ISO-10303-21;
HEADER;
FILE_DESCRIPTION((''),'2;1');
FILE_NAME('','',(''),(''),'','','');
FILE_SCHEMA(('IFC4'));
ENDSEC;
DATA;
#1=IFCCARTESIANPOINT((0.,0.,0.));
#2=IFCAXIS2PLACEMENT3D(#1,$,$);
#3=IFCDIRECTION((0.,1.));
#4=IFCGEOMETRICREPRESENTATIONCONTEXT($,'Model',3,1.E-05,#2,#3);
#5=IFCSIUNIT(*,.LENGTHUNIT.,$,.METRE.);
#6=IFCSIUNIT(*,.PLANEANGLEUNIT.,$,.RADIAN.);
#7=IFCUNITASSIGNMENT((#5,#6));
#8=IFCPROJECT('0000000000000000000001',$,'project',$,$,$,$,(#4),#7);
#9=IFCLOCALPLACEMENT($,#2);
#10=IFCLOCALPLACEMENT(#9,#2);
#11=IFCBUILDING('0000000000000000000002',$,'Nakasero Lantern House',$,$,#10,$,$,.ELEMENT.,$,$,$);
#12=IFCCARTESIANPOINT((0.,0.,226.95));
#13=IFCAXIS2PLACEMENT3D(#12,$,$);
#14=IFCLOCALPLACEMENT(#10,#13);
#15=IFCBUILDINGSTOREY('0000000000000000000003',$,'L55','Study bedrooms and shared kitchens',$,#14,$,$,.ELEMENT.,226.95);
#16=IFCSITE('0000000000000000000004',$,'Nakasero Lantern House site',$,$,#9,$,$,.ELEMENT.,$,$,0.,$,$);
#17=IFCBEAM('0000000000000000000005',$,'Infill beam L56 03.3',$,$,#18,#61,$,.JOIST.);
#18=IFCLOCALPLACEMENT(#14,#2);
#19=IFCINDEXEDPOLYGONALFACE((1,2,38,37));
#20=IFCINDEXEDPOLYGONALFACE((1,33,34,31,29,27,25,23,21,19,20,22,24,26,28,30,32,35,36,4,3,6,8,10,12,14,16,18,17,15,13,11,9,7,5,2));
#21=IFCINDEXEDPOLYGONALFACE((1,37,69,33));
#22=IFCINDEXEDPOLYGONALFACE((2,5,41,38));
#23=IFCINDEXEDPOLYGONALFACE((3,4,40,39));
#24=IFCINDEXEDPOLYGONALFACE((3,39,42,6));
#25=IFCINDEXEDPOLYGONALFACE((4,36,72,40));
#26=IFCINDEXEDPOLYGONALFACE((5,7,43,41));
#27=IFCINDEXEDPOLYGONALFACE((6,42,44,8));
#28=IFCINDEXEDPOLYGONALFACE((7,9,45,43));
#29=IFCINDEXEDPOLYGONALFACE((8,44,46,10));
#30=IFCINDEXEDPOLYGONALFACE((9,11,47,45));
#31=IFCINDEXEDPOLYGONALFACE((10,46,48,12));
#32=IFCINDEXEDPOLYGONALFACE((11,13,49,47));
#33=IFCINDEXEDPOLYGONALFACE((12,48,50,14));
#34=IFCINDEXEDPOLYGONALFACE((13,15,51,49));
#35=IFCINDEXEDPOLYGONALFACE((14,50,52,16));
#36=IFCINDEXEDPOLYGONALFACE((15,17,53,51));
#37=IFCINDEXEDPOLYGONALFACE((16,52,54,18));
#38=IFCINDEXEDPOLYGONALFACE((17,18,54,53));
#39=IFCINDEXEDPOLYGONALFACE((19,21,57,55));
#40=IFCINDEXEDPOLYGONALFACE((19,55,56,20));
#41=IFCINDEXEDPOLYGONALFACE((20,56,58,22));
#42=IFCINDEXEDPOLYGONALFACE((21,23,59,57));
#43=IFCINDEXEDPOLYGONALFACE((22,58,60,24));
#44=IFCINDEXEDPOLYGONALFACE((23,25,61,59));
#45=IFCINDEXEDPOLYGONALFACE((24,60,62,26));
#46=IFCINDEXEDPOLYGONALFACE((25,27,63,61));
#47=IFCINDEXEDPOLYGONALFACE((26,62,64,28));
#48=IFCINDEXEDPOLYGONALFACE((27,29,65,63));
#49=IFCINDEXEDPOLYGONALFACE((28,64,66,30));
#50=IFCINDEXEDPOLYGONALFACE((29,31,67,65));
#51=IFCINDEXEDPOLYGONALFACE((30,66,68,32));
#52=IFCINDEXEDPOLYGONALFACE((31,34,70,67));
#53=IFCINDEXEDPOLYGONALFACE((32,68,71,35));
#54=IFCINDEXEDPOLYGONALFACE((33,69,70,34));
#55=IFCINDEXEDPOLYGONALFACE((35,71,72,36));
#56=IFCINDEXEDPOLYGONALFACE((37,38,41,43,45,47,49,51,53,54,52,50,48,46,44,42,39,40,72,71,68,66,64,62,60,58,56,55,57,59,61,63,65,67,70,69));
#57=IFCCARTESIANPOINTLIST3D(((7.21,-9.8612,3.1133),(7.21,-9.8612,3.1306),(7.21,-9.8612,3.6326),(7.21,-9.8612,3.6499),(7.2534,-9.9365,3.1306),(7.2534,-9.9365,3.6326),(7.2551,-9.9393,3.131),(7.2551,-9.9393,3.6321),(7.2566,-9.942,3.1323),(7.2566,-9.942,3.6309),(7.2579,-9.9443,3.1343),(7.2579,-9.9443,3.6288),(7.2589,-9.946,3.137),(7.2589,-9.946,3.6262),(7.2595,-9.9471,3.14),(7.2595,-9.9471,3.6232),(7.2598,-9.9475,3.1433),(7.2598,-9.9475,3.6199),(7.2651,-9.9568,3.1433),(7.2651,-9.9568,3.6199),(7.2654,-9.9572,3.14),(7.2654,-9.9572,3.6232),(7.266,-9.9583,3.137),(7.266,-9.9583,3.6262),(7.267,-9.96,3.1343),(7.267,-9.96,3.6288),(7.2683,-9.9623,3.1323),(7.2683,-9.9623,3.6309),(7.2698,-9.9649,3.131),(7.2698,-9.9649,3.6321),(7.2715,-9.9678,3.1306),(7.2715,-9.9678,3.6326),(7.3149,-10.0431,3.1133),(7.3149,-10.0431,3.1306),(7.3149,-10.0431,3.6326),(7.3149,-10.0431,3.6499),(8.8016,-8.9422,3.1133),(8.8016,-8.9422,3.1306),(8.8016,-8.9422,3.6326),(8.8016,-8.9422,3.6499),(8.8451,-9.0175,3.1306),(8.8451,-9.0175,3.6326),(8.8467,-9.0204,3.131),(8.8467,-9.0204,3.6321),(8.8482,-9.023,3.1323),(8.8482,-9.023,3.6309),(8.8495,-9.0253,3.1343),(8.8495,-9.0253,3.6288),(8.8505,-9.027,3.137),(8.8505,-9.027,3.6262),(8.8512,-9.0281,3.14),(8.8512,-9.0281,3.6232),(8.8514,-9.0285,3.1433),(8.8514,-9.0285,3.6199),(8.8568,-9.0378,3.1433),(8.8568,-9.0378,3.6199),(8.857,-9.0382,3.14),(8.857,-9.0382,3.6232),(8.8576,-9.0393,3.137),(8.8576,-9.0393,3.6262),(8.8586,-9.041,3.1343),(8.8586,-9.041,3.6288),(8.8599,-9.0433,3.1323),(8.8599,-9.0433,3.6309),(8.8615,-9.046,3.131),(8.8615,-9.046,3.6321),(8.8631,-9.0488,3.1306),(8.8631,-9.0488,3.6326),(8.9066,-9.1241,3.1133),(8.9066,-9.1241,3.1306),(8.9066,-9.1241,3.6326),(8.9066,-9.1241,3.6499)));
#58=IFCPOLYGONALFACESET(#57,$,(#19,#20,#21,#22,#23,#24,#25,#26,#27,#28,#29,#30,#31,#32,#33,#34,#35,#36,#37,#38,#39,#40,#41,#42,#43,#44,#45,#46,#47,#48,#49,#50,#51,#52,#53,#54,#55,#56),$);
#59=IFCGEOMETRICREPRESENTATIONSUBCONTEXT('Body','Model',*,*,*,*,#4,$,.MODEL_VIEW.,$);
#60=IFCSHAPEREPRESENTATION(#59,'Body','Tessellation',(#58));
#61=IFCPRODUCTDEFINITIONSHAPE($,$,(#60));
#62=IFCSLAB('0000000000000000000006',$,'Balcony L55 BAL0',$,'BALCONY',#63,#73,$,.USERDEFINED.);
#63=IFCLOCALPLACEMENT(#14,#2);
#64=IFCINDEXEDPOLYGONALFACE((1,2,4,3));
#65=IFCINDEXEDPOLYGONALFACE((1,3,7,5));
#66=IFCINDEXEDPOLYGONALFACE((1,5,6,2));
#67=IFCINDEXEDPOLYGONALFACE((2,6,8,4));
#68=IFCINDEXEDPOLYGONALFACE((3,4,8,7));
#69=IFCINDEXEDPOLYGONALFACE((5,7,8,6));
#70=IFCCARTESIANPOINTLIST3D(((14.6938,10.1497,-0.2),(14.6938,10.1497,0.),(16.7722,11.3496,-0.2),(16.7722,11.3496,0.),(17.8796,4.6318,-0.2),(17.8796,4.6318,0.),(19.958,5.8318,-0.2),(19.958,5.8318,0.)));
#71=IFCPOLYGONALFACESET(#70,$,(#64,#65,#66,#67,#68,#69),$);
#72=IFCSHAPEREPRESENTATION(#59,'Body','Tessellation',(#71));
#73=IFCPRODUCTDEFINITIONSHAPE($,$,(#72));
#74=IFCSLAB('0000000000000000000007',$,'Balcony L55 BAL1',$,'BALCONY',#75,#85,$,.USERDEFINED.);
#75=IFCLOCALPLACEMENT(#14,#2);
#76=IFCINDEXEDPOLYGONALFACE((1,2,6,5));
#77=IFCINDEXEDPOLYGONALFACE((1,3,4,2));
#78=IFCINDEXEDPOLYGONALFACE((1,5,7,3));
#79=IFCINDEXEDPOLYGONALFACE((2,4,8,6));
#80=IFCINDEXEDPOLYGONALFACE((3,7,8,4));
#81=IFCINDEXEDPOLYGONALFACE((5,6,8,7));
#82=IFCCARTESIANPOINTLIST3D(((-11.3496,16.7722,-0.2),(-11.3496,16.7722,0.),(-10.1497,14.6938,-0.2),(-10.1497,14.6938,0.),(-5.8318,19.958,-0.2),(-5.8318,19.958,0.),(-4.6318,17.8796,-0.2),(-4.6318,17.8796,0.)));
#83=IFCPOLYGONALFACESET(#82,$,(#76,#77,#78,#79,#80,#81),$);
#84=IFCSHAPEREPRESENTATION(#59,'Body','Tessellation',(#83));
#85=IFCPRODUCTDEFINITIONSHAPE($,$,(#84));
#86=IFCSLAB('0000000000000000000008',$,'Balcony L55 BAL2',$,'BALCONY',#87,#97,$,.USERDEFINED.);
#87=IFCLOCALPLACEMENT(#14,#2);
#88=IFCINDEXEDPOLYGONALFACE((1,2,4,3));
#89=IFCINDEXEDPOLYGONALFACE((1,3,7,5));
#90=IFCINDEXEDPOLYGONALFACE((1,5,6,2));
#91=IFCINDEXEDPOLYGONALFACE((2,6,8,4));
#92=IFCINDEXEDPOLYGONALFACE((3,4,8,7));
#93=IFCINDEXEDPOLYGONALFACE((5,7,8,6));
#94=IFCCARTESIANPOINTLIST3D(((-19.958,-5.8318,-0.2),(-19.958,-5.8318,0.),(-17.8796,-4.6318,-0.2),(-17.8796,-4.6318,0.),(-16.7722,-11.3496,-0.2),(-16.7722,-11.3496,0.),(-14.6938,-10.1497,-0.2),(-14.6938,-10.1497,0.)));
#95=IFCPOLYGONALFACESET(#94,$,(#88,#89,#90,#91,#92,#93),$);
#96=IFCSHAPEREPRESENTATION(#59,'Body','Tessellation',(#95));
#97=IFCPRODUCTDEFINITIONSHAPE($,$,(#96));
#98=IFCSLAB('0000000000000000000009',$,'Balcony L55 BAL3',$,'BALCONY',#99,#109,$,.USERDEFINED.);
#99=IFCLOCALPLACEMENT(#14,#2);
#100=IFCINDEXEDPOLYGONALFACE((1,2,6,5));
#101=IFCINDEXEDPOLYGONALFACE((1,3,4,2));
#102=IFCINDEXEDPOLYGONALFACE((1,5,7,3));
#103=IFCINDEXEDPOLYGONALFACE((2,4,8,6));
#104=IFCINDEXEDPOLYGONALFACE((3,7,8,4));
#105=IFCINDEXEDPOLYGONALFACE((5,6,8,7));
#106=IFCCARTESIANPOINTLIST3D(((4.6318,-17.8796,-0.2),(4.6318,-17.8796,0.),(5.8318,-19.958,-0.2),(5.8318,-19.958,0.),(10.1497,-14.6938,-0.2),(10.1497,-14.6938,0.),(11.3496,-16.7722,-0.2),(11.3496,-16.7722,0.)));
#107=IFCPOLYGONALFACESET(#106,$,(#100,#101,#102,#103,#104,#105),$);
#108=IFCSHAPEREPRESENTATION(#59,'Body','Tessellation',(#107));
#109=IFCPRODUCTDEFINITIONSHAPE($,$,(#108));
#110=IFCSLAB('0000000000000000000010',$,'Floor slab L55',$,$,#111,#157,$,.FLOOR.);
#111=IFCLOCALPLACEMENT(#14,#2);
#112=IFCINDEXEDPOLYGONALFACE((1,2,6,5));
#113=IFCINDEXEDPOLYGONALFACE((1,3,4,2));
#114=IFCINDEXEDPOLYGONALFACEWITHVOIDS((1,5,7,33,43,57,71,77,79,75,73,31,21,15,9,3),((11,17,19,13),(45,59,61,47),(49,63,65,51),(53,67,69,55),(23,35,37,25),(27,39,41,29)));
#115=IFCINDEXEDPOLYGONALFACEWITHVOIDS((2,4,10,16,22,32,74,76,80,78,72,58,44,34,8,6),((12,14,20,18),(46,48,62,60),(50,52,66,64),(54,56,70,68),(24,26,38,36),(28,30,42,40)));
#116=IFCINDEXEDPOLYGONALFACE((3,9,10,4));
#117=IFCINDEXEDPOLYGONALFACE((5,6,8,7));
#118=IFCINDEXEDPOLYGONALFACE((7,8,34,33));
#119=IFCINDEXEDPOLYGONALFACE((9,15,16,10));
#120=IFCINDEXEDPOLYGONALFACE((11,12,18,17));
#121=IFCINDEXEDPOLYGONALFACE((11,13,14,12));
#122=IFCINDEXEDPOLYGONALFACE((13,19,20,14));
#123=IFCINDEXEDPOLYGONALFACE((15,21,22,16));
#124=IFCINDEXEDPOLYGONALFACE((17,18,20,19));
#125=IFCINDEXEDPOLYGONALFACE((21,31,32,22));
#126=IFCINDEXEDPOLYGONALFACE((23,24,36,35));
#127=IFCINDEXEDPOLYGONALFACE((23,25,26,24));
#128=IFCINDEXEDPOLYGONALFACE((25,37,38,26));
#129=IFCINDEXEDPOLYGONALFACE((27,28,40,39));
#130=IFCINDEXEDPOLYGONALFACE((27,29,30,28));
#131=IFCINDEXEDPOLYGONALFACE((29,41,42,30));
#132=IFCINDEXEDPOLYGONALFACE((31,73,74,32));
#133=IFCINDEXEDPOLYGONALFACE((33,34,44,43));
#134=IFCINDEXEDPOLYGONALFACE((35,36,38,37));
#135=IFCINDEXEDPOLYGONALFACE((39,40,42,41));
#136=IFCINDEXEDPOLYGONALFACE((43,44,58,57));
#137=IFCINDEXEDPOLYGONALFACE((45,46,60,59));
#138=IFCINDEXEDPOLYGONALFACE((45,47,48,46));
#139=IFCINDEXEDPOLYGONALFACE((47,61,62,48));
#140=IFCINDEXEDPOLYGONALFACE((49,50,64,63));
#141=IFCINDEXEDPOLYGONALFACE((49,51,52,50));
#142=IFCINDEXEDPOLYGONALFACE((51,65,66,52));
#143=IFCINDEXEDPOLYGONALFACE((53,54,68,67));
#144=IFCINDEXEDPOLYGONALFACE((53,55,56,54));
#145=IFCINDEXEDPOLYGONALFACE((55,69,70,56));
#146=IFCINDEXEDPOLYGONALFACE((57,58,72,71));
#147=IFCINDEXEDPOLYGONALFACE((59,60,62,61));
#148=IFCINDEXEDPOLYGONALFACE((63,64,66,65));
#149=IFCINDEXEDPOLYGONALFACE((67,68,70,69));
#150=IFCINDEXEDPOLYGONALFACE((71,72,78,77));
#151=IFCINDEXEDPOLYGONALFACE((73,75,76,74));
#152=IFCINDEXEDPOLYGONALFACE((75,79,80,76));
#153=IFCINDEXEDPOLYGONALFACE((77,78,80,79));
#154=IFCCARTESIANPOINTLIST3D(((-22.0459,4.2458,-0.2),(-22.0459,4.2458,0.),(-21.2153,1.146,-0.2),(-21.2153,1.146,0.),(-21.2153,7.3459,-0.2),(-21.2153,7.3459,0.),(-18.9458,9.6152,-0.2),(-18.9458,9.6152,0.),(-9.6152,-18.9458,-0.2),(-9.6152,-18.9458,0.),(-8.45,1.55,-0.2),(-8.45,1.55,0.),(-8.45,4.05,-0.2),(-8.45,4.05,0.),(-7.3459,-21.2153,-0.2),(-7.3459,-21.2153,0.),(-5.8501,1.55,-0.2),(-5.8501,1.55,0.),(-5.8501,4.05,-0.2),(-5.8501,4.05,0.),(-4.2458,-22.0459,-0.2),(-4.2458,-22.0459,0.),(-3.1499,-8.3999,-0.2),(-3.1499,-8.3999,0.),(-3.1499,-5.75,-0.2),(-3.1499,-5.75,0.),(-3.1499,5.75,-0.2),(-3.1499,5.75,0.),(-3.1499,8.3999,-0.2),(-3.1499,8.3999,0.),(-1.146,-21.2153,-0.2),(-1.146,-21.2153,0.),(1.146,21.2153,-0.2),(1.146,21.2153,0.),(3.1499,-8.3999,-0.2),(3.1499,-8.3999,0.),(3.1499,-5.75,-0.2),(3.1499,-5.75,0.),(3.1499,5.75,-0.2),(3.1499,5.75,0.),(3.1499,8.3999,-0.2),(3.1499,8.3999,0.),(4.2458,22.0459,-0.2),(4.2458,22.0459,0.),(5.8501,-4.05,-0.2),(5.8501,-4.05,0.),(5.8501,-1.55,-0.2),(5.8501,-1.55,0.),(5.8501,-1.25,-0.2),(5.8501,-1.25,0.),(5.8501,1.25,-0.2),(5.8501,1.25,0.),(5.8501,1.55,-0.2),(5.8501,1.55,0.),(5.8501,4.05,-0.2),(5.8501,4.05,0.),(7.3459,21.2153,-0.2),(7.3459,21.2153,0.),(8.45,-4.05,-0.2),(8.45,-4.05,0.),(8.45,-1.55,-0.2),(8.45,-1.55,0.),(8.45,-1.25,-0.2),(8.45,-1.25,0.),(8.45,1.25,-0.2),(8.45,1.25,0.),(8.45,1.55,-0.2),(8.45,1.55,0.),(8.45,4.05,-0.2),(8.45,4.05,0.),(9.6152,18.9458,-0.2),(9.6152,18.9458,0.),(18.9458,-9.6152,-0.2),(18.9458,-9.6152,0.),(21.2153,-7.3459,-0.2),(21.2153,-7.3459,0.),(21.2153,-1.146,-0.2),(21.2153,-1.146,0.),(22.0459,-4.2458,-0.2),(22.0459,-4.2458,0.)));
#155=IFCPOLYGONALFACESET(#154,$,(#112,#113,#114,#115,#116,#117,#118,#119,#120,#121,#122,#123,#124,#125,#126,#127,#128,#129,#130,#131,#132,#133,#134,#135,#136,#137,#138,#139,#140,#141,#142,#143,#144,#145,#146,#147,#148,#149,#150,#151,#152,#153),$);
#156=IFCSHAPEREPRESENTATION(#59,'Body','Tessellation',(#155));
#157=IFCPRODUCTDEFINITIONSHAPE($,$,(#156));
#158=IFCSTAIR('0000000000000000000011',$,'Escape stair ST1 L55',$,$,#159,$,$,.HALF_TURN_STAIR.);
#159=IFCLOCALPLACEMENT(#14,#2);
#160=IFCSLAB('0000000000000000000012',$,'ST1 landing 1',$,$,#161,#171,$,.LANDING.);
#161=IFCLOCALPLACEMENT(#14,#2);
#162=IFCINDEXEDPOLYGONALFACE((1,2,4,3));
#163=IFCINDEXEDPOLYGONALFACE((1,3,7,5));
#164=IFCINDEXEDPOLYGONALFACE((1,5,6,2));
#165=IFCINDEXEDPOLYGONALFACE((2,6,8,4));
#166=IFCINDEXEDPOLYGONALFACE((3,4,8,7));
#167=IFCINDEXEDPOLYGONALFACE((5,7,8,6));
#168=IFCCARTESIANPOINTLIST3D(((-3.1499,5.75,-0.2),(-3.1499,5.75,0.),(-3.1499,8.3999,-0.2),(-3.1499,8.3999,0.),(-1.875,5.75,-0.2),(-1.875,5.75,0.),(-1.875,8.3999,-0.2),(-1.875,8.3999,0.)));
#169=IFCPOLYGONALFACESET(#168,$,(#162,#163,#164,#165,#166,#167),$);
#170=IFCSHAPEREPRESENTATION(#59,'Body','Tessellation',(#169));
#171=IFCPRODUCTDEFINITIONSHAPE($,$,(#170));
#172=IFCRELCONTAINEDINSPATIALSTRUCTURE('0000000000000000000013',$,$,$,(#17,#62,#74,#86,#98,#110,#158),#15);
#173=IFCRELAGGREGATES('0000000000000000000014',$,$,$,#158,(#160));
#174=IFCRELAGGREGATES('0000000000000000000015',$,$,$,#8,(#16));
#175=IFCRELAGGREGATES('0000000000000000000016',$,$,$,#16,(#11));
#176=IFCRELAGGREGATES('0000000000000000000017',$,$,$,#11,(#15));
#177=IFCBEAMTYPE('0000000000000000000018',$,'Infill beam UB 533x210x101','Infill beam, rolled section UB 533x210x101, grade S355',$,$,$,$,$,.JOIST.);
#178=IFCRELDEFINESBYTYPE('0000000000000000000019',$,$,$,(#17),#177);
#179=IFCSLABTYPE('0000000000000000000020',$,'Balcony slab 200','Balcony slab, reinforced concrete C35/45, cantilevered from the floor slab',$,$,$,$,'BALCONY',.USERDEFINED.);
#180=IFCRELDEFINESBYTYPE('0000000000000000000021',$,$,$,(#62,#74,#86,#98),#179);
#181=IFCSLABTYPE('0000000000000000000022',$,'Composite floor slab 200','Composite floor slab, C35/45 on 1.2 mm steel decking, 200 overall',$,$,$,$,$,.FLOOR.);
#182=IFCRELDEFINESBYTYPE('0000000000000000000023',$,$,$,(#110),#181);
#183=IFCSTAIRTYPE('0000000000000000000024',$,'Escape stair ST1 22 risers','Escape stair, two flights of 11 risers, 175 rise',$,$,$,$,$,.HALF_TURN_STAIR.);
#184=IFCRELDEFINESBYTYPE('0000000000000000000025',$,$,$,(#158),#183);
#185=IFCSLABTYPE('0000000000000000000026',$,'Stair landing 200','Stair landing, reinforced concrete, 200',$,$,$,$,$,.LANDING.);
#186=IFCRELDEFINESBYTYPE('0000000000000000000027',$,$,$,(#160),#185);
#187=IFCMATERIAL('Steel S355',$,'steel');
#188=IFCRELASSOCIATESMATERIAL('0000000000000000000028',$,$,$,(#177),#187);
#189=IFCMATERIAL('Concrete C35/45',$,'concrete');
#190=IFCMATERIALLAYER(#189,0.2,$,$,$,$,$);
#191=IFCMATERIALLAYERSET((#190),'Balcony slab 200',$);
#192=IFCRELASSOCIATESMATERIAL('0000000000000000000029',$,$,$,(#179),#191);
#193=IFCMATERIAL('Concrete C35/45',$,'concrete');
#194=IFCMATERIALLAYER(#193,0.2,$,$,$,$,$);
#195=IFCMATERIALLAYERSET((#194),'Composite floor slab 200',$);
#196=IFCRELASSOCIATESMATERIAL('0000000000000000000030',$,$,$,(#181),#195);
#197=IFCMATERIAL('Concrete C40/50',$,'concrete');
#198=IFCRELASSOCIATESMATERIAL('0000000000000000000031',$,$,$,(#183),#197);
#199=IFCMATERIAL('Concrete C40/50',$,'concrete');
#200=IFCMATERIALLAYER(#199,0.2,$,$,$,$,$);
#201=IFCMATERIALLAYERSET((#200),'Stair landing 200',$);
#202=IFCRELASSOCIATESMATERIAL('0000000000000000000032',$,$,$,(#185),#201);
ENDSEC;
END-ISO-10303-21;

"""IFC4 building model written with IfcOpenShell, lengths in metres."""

from ifc_helpers import new_model, si_unit, direction, frame, origin, origin_2d, place, context, subcontext, project, spatial, polyline, i_section, outline, extrude, material, layer, layer_set, material_profile, profile_set, type_object, element, aggregate, save


model = new_model("IFC4")

# Units and contexts
model_context = context("Model", 3, precision=1e-05, world=origin(), true_north=direction((0.0, 1.0)))
body_context = subcontext(model_context, "Body", "Model", "MODEL_VIEW")
ifc_project = project(units=[si_unit("LENGTHUNIT", "METRE"), si_unit("PLANEANGLEUNIT", "RADIAN")], contexts=[model_context])

# Site, building, storey
site_placement = place(None, origin())
site = spatial("IfcSite", under=ifc_project, at=site_placement, Name="Nakasero Lantern House site", CompositionType="ELEMENT", RefElevation=0.0)
building_placement = place(site_placement, origin())
building = spatial("IfcBuilding", under=site, at=building_placement, Name="Nakasero Lantern House", CompositionType="ELEMENT")
storey_placement = place(building_placement, frame((0.0, 0.0, 226.95)))
storey = spatial("IfcBuildingStorey", under=building, at=storey_placement, Name="L55", Description="Study bedrooms and shared kitchens", CompositionType="ELEMENT", Elevation=226.95)

# Beam
ifc_material_1 = material(Name="Steel S355", Category="steel")
ifc_material_profile = material_profile(ifc_material_1, i_section(OverallWidth=0.21, OverallDepth=0.5366, WebThickness=0.0107, FlangeThickness=0.0173, FilletRadius=0.0127, at=origin_2d()), Name="UB 533x210x101")
ifc_profile_set = profile_set([ifc_material_profile], Name="Steel S355")
beam_type = type_object("IfcBeamType", Name="Infill beam UB 533x210x101", Description="Infill beam, rolled section UB 533x210x101, grade S355", PredefinedType="JOIST", material=ifc_profile_set)
beam_placement = place(storey_placement, frame((7.2625, -9.9521, 3.3816), z_axis=(0.866011, 0.500025, 0.0), x_axis=(-0.500025, 0.866011, 0.0)))
element("IfcBeam", 1, at=beam_placement, inside=storey, type_object=beam_type, Name="Infill beam L56 03.3", PredefinedType="JOIST", context=body_context, shape_type="SweptSolid", body=[
    extrude(i_section(OverallWidth=0.21, OverallDepth=0.5366, WebThickness=0.0107, FlangeThickness=0.0173, FilletRadius=0.0127, at=origin_2d()), origin(), (0.0, 0.0, 1.0), 1.8379),
])

# Slabs
ifc_material_2 = material(Name="Concrete C35/45", Category="concrete")
ifc_layer_1 = layer(ifc_material_2, 0.2)
ifc_layer_set_1 = layer_set([ifc_layer_1], Name="Balcony slab 200")
slab_type_1 = type_object("IfcSlabType", Name="Balcony slab 200", Description="Balcony slab, reinforced concrete C35/45, cantilevered from the floor slab", ElementType="BALCONY", PredefinedType="USERDEFINED", material=ifc_layer_set_1)
slab_1_placement = place(storey_placement, frame((0.0, 0.0, -0.2)))
element("IfcSlab", 2, at=slab_1_placement, inside=storey, type_object=slab_type_1, Name="Balcony L55 BAL0", ObjectType="BALCONY", PredefinedType="USERDEFINED", context=body_context, shape_type="SweptSolid", body=[
    extrude(outline(polyline([(17.8796, 4.6318), (19.958, 5.8318), (16.7722, 11.3496), (14.6938, 10.1497), (17.8796, 4.6318)])), origin(), (0.0, 0.0, 1.0), 0.2),
])
slab_2_placement = place(storey_placement, frame((0.0, 0.0, -0.2)))
element("IfcSlab", 3, at=slab_2_placement, inside=storey, type_object=slab_type_1, Name="Balcony L55 BAL1", ObjectType="BALCONY", PredefinedType="USERDEFINED", context=body_context, shape_type="SweptSolid", body=[
    extrude(outline(polyline([(-4.6318, 17.8796), (-5.8318, 19.958), (-11.3496, 16.7722), (-10.1497, 14.6938), (-4.6318, 17.8796)])), origin(), (0.0, 0.0, 1.0), 0.2),
])
slab_3_placement = place(storey_placement, frame((0.0, 0.0, -0.2)))
element("IfcSlab", 4, at=slab_3_placement, inside=storey, type_object=slab_type_1, Name="Balcony L55 BAL2", ObjectType="BALCONY", PredefinedType="USERDEFINED", context=body_context, shape_type="SweptSolid", body=[
    extrude(outline(polyline([(-17.8796, -4.6318), (-19.958, -5.8318), (-16.7722, -11.3496), (-14.6938, -10.1497), (-17.8796, -4.6318)])), origin(), (0.0, 0.0, 1.0), 0.2),
])
slab_4_placement = place(storey_placement, frame((0.0, 0.0, -0.2)))
element("IfcSlab", 5, at=slab_4_placement, inside=storey, type_object=slab_type_1, Name="Balcony L55 BAL3", ObjectType="BALCONY", PredefinedType="USERDEFINED", context=body_context, shape_type="SweptSolid", body=[
    extrude(outline(polyline([(4.6318, -17.8796), (5.8318, -19.958), (11.3496, -16.7722), (10.1497, -14.6938), (4.6318, -17.8796)])), origin(), (0.0, 0.0, 1.0), 0.2),
])
ifc_material_3 = material(Name="Concrete C35/45", Category="concrete")
ifc_layer_2 = layer(ifc_material_3, 0.2)
ifc_layer_set_2 = layer_set([ifc_layer_2], Name="Composite floor slab 200")
slab_type_2 = type_object("IfcSlabType", Name="Composite floor slab 200", Description="Composite floor slab, C35/45 on 1.2 mm steel decking, 200 overall", PredefinedType="FLOOR", material=ifc_layer_set_2)
slab_5_placement = place(storey_placement, frame((0.0, 0.0, -0.2)))
element("IfcSlab", 6, at=slab_5_placement, inside=storey, type_object=slab_type_2, Name="Floor slab L55", PredefinedType="FLOOR", context=body_context, shape_type="SweptSolid", body=[
    extrude(outline(polyline([(9.6152, 18.9458), (7.3459, 21.2153), (4.2458, 22.0459), (1.146, 21.2153), (-18.9458, 9.6152), (-21.2153, 7.3459), (-22.0459, 4.2458), (-21.2153, 1.146), (-9.6152, -18.9458), (-7.3459, -21.2153), (-4.2458, -22.0459), (-1.146, -21.2153), (18.9458, -9.6152), (21.2153, -7.3459), (22.0459, -4.2458), (21.2153, -1.146), (9.6152, 18.9458)]), holes=[polyline([(-8.45, 1.55), (-5.8501, 1.55), (-5.8501, 4.05), (-8.45, 4.05), (-8.45, 1.55)]), polyline([(5.8501, -4.05), (8.45, -4.05), (8.45, -1.55), (5.8501, -1.55), (5.8501, -4.05)]), polyline([(5.8501, -1.25), (8.45, -1.25), (8.45, 1.25), (5.8501, 1.25), (5.8501, -1.25)]), polyline([(5.8501, 1.55), (8.45, 1.55), (8.45, 4.05), (5.8501, 4.05), (5.8501, 1.55)]), polyline([(-3.1499, 5.75), (3.1499, 5.75), (3.1499, 8.3999), (-3.1499, 8.3999), (-3.1499, 5.75)]), polyline([(-3.1499, -8.3999), (3.1499, -8.3999), (3.1499, -5.75), (-3.1499, -5.75), (-3.1499, -8.3999)])]), origin(), (0.0, 0.0, 1.0), 0.2),
])

# Stair, slab
ifc_material_4 = material(Name="Concrete C40/50", Category="concrete")
stair_type_1 = type_object("IfcStairType", Name="Escape stair ST1 22 risers", Description="Escape stair, two flights of 11 risers, 175 rise", PredefinedType="HALF_TURN_STAIR", material=ifc_material_4)
stair_1_placement = place(storey_placement, origin())
stair_1 = element("IfcStair", 7, at=stair_1_placement, inside=storey, type_object=stair_type_1, Name="Escape stair ST1 L55", PredefinedType="HALF_TURN_STAIR")
ifc_material_5 = material(Name="Concrete C40/50", Category="concrete")
ifc_layer_3 = layer(ifc_material_5, 0.2)
ifc_layer_set_3 = layer_set([ifc_layer_3], Name="Stair landing 200")
slab_type_3 = type_object("IfcSlabType", Name="Stair landing 200", Description="Stair landing, reinforced concrete, 200", PredefinedType="LANDING", material=ifc_layer_set_3)
slab_6_placement = place(storey_placement, frame((0.0, 0.0, -0.2)))
slab_6 = element("IfcSlab", 8, at=slab_6_placement, type_object=slab_type_3, Name="ST1 landing 1", PredefinedType="LANDING", context=body_context, shape_type="SweptSolid", body=[
    extrude(outline(polyline([(-3.1499, 5.75), (-1.875, 5.75), (-1.875, 8.3999), (-3.1499, 8.3999), (-3.1499, 5.75)])), origin(), (0.0, 0.0, 1.0), 0.2),
])
aggregate(stair_1, [slab_6])

save(model, "model.ifc")
